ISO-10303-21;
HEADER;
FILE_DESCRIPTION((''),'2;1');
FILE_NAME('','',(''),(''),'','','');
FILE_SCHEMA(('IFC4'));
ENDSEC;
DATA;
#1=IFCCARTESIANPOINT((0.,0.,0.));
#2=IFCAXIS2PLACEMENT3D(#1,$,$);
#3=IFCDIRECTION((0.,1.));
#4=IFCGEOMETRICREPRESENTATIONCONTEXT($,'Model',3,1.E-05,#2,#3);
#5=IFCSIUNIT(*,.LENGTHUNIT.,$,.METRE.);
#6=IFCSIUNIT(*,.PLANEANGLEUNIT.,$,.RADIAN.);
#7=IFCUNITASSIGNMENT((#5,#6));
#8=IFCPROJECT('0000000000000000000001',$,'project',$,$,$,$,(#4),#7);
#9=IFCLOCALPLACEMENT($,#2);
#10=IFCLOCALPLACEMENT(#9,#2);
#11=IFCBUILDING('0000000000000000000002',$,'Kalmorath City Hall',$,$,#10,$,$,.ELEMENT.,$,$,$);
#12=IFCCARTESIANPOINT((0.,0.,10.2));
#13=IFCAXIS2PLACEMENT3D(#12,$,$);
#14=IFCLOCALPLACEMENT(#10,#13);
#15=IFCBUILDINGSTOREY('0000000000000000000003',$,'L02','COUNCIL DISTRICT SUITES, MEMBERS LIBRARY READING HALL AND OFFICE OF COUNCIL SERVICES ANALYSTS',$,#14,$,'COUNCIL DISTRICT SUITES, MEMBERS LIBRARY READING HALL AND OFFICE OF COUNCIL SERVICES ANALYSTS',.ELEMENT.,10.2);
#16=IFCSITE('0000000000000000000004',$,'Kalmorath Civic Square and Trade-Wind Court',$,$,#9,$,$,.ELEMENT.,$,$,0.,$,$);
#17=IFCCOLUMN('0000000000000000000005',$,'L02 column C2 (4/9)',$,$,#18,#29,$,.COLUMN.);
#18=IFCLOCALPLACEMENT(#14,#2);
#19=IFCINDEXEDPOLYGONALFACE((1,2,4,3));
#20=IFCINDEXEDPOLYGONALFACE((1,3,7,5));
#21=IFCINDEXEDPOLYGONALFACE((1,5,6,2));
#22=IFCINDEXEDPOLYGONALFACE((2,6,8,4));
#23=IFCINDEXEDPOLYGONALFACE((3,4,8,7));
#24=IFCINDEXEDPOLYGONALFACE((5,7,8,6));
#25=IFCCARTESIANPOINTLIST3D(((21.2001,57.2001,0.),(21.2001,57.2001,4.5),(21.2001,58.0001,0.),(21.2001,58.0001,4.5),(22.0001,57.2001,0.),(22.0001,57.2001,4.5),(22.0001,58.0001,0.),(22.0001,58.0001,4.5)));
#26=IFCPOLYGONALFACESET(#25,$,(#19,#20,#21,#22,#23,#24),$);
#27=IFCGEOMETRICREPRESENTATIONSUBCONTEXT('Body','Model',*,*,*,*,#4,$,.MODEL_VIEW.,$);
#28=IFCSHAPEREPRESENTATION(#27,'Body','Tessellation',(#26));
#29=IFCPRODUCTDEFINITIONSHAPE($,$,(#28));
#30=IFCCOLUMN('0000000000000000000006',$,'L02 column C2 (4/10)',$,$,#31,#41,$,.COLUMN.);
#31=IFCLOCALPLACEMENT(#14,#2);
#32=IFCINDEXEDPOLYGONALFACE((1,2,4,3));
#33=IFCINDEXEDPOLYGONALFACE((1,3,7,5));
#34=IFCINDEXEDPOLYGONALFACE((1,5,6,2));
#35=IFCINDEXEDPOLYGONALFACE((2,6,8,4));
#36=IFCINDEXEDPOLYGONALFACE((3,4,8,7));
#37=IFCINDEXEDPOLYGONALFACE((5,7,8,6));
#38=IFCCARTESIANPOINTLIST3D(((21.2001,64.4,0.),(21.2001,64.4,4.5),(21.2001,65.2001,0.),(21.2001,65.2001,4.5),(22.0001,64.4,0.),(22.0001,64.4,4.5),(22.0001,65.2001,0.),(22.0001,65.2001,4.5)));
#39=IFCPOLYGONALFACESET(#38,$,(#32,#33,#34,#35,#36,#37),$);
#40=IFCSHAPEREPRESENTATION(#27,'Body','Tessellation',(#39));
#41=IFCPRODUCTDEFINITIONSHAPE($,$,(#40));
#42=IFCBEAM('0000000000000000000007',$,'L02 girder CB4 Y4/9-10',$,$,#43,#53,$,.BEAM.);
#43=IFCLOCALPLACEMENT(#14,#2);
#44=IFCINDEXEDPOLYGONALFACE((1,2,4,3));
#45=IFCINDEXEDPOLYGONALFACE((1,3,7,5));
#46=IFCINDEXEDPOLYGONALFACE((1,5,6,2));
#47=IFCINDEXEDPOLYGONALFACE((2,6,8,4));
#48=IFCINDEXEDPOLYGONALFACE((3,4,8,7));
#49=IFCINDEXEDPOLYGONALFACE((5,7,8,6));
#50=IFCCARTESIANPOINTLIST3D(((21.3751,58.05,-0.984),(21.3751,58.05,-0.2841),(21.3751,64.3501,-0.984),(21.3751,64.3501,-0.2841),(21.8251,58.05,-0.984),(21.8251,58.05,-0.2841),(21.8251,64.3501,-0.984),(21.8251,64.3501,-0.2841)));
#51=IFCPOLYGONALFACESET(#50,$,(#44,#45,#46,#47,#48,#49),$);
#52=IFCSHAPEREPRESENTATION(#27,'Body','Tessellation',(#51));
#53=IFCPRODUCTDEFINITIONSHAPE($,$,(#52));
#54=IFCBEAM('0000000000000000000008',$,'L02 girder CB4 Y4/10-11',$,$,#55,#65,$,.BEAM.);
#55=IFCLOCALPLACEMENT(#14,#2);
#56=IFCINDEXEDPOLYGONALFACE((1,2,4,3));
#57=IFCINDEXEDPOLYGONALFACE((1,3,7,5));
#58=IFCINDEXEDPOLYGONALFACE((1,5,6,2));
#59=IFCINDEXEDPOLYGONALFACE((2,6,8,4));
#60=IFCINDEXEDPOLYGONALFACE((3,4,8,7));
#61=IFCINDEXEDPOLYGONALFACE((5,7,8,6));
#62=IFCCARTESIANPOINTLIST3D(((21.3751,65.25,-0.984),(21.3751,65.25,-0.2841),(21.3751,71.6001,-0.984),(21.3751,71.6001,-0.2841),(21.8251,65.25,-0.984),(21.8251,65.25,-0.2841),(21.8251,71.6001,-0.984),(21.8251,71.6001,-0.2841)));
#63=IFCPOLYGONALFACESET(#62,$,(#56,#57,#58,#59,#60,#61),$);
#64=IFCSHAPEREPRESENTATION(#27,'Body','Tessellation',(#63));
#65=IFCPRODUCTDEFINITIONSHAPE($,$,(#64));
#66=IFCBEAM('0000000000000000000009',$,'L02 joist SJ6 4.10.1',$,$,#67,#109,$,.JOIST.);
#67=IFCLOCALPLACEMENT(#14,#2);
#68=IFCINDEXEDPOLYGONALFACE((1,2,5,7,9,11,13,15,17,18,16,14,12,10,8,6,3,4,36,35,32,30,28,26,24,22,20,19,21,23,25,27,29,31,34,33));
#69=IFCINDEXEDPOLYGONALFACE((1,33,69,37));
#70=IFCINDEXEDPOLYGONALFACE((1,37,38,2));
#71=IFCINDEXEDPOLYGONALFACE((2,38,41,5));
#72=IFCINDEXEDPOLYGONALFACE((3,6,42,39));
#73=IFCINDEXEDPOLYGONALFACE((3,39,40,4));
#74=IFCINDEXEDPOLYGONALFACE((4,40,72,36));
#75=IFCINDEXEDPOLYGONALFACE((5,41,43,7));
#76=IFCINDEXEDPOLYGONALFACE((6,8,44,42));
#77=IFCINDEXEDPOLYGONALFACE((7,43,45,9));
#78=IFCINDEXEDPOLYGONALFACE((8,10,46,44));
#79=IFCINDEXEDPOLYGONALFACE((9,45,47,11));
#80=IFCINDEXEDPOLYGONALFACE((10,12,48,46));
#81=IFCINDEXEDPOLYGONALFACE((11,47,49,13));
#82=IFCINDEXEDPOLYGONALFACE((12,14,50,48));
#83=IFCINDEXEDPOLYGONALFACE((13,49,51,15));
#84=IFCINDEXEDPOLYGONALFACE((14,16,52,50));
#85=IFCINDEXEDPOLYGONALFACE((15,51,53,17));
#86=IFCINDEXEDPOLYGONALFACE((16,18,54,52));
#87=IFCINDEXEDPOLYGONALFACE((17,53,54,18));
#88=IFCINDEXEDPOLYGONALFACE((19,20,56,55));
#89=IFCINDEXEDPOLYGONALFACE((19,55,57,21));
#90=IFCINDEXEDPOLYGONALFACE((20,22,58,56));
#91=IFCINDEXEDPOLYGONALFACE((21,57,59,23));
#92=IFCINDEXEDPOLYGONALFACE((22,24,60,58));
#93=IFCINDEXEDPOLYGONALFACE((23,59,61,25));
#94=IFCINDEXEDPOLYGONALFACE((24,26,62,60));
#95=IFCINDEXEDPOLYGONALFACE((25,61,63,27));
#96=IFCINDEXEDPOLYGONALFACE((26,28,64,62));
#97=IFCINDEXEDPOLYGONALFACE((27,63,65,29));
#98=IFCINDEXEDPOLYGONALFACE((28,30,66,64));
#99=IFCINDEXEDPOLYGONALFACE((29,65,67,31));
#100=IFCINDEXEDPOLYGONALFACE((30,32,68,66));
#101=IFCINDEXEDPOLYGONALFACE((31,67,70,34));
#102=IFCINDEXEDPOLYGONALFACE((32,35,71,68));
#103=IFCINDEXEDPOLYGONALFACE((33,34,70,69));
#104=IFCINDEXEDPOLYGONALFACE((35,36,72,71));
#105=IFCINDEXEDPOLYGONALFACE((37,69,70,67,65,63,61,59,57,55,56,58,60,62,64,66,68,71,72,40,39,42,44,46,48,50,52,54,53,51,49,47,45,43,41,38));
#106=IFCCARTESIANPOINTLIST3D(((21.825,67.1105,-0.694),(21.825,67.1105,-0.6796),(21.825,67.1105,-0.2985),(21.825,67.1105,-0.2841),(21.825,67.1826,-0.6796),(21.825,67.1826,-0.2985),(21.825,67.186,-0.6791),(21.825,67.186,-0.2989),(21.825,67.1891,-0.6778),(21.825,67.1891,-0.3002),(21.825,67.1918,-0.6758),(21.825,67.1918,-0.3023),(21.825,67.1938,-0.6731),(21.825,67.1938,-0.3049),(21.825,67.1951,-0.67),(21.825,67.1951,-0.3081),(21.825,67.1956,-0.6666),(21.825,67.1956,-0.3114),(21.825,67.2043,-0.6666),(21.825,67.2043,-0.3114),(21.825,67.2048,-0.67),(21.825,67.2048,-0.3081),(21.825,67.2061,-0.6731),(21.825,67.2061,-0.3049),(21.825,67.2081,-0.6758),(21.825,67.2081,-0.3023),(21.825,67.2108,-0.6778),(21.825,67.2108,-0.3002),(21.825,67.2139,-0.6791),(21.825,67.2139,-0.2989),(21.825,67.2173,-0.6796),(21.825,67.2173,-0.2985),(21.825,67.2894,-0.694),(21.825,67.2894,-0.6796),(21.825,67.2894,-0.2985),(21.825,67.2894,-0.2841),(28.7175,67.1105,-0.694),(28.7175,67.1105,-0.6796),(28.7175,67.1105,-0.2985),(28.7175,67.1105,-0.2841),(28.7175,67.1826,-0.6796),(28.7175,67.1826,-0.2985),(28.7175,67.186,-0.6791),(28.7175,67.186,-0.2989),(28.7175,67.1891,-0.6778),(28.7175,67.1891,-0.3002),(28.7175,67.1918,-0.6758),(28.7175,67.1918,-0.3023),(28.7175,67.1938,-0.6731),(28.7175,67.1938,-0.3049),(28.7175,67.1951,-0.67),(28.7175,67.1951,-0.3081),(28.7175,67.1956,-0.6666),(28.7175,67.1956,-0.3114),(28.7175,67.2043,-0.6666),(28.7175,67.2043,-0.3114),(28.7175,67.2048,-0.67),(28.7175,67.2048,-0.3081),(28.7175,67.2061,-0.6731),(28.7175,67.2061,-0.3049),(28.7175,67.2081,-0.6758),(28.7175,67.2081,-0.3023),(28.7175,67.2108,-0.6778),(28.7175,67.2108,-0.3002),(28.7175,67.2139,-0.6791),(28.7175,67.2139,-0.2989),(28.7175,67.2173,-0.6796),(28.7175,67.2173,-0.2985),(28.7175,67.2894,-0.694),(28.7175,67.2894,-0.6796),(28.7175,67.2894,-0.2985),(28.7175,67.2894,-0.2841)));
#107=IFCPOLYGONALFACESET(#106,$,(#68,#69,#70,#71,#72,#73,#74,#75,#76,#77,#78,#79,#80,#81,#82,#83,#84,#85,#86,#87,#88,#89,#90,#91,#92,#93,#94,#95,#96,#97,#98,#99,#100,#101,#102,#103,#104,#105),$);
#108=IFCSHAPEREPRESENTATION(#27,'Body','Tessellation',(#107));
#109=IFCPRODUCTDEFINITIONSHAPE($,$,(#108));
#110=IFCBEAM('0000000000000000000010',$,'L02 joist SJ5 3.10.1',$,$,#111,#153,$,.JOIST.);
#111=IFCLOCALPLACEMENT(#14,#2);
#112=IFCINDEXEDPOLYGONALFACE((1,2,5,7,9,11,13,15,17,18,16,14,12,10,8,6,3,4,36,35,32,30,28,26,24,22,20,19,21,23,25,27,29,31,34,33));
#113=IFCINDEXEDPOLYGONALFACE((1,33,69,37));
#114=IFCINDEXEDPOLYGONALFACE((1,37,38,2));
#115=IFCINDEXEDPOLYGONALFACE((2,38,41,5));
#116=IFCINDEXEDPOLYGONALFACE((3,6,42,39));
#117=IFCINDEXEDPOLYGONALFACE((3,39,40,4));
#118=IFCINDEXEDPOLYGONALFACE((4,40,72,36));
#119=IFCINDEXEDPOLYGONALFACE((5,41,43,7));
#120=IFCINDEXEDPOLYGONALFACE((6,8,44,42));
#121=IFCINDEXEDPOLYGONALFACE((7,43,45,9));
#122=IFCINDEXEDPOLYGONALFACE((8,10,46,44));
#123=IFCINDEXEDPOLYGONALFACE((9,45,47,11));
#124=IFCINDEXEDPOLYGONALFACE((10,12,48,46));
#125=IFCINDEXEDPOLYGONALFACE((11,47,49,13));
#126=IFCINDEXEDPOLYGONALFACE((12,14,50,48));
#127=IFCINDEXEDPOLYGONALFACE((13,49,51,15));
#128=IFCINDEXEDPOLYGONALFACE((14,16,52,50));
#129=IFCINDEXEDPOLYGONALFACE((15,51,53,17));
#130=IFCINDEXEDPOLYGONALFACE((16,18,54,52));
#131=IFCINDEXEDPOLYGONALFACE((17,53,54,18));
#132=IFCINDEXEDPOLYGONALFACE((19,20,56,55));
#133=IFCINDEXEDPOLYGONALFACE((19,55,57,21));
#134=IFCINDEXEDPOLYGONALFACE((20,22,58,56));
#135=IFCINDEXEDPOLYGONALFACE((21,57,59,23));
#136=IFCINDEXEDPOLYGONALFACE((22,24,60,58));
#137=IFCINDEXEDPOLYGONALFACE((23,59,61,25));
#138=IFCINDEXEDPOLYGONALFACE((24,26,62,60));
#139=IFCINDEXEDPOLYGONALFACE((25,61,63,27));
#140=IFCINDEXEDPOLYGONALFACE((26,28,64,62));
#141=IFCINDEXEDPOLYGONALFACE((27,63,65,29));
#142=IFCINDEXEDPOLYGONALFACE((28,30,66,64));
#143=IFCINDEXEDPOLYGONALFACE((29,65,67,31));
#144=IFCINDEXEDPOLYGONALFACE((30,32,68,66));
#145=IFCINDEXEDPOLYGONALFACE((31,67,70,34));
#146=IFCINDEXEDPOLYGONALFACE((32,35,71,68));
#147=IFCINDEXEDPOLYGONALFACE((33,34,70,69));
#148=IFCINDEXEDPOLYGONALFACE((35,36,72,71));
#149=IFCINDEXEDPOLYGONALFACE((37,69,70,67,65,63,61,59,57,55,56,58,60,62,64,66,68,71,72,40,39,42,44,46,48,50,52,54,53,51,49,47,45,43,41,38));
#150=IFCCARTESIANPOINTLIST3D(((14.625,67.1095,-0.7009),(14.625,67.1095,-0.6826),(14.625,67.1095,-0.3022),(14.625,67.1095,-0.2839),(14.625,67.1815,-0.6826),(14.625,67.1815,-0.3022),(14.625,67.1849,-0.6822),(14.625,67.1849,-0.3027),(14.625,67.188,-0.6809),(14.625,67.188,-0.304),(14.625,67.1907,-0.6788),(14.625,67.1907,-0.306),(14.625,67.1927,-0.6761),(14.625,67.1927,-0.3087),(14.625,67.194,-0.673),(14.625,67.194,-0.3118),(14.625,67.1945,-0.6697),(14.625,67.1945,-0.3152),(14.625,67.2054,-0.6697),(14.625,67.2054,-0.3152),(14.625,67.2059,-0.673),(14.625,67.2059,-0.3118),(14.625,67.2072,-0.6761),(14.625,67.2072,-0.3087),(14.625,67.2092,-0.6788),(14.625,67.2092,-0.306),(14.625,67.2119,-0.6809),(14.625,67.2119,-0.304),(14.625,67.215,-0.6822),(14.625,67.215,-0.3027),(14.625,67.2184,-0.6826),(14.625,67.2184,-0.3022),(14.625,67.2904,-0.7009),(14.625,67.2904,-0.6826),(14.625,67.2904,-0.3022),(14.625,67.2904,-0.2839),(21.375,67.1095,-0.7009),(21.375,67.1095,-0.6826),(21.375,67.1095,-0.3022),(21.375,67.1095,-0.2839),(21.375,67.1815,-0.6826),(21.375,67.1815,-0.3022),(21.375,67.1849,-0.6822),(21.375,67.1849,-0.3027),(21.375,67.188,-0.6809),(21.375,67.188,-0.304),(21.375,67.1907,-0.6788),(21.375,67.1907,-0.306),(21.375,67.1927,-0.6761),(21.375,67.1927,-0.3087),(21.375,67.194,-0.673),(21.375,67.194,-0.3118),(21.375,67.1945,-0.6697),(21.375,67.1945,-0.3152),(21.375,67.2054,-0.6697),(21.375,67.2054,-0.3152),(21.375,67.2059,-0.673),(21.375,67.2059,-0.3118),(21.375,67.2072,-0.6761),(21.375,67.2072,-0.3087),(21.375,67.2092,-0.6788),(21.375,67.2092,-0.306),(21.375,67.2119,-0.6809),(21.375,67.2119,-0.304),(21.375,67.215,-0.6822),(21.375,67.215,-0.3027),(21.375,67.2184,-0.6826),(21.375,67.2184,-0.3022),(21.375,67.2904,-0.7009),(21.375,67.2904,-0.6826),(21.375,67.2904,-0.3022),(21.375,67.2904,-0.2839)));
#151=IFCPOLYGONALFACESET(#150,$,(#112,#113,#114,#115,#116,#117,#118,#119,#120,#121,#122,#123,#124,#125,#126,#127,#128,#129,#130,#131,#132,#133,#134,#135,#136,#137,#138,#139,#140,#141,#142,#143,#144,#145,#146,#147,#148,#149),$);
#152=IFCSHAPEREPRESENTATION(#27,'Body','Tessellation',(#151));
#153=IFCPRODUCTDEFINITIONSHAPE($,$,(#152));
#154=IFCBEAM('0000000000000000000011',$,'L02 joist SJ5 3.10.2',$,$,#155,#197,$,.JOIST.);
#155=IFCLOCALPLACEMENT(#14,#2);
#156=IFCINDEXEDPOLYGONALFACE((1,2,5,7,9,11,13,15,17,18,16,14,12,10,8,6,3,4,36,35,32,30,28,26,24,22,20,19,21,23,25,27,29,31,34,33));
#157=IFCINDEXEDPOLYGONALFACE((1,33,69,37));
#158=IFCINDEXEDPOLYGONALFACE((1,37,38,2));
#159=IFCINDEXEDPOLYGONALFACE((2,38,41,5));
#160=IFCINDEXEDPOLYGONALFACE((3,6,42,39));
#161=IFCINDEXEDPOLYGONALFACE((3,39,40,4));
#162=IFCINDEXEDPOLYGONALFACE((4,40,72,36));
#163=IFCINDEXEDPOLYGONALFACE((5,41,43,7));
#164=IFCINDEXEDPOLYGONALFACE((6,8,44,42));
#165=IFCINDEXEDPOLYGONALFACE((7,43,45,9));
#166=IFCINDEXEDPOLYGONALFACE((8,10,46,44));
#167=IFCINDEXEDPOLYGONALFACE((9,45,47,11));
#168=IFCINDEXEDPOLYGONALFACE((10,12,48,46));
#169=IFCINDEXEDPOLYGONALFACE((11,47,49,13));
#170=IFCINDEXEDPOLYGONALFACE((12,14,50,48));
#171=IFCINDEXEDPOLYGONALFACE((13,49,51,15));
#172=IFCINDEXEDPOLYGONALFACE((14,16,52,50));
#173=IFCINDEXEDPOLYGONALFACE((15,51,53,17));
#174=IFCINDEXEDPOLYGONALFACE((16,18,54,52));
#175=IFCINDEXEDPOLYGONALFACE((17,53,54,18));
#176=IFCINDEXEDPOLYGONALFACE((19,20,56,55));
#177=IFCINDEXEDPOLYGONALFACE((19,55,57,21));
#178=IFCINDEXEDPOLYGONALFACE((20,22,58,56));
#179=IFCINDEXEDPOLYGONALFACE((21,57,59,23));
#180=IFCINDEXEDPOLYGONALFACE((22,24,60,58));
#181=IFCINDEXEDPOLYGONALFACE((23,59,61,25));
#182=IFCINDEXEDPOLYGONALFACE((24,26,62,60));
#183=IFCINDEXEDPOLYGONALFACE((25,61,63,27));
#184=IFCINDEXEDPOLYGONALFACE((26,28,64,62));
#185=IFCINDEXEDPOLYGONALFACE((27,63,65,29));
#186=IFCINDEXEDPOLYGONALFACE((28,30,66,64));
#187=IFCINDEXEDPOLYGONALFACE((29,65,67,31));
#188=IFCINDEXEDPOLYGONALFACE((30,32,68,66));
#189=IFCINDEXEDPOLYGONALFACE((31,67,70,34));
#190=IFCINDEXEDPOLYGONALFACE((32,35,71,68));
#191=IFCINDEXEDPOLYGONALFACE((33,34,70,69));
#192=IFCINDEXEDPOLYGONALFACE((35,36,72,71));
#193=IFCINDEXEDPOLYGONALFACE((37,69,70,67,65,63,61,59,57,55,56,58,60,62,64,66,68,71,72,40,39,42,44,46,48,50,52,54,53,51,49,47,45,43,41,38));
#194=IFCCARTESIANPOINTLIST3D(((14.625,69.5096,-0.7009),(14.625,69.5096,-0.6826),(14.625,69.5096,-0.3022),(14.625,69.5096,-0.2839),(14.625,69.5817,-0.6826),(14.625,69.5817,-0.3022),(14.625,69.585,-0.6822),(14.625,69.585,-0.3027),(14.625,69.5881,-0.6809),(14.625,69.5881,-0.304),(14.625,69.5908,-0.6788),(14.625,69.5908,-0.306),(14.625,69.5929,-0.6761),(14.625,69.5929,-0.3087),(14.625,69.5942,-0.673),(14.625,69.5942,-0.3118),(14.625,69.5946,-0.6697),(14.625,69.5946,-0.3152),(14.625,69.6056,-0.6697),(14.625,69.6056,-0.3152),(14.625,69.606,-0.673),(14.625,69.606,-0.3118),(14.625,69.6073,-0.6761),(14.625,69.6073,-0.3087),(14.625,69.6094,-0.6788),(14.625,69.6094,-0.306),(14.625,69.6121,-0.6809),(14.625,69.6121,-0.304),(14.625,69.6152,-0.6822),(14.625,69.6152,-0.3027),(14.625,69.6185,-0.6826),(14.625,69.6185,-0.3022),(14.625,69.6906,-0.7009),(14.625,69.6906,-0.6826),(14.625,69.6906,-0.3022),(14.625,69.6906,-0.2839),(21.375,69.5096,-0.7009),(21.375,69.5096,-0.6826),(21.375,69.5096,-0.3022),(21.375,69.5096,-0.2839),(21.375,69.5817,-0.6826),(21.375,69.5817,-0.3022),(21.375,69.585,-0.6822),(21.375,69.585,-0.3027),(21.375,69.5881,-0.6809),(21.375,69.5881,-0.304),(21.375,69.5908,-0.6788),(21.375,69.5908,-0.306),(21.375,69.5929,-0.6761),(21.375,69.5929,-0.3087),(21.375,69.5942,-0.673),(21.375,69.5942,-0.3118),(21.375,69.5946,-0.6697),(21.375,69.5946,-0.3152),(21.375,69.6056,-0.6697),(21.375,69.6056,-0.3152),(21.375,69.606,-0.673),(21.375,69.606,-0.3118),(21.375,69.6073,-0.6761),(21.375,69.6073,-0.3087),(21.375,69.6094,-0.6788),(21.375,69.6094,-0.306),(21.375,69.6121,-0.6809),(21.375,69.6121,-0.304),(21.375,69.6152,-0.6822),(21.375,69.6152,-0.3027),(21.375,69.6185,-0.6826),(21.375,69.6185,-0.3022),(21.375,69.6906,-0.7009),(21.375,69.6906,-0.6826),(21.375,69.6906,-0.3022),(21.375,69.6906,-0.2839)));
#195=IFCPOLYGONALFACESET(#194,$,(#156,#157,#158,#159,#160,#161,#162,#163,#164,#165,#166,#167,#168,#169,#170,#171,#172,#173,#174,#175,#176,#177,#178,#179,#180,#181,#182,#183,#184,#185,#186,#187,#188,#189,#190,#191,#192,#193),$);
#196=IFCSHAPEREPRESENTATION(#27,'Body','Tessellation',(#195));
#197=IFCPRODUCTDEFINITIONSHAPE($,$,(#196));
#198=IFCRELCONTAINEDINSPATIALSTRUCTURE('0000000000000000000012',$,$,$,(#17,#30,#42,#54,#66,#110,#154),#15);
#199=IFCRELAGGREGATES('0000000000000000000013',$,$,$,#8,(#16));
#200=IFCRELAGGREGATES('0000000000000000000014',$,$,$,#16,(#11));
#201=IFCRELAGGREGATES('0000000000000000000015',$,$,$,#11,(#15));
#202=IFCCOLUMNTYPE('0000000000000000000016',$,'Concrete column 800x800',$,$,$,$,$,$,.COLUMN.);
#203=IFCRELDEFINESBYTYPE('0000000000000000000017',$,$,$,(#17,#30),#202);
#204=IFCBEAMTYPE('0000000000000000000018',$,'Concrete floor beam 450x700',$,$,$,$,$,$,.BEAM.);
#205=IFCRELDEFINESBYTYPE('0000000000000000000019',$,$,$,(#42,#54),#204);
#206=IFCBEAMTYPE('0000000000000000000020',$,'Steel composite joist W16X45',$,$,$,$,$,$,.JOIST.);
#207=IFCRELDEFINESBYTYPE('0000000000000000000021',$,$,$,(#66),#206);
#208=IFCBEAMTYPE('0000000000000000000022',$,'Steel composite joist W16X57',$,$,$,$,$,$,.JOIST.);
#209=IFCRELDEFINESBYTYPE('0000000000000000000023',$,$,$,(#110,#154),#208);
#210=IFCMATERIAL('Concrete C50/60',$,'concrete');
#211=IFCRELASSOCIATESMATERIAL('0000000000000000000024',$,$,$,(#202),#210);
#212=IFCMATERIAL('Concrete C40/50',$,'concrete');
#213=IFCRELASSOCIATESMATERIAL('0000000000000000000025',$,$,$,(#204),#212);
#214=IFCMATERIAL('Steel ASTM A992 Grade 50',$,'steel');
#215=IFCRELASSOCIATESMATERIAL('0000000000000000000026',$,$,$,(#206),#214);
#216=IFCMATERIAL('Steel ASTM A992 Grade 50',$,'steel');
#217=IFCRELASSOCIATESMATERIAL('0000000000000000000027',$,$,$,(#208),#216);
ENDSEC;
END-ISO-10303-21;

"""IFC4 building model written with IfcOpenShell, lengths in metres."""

from ifc_helpers import new_model, si_unit, direction, frame, origin, origin_2d, place, context, subcontext, project, spatial, rectangle, i_section, extrude, material, material_profile, profile_set, type_object, element, save


model = new_model("IFC4")

# Units and contexts
model_context = context("Model", 3, precision=1e-05, world=origin(), true_north=direction((0.0, 1.0)))
body_context = subcontext(model_context, "Body", "Model", "MODEL_VIEW")
ifc_project = project(units=[si_unit("LENGTHUNIT", "METRE"), si_unit("PLANEANGLEUNIT", "RADIAN")], contexts=[model_context])

# Site, building, storey
site_placement = place(None, origin())
site = spatial("IfcSite", under=ifc_project, at=site_placement, Name="Kalmorath Civic Square and Trade-Wind Court", CompositionType="ELEMENT", RefElevation=0.0)
building_placement = place(site_placement, origin())
building = spatial("IfcBuilding", under=site, at=building_placement, Name="Kalmorath City Hall", CompositionType="ELEMENT")
storey_placement = place(building_placement, frame((0.0, 0.0, 10.2)))
storey = spatial("IfcBuildingStorey", under=building, at=storey_placement, Name="L02", Description="COUNCIL DISTRICT SUITES, MEMBERS LIBRARY READING HALL AND OFFICE OF COUNCIL SERVICES ANALYSTS", LongName="COUNCIL DISTRICT SUITES, MEMBERS LIBRARY READING HALL AND OFFICE OF COUNCIL SERVICES ANALYSTS", CompositionType="ELEMENT", Elevation=10.2)

# Columns
ifc_material_1 = material(Name="Concrete C50/60", Category="concrete")
ifc_material_profile_1 = material_profile(ifc_material_1, rectangle(XDim=0.8, YDim=0.8, at=origin_2d()), Name="RC-COL-800X800")
ifc_profile_set_1 = profile_set([ifc_material_profile_1], Name="Concrete C50/60")
column_type = type_object("IfcColumnType", Name="Concrete column 800x800", PredefinedType="COLUMN", material=ifc_profile_set_1)
for number, where, z_axis, x_axis, name in (
    (1, (21.6001, 57.6001, 0.0), (0.0, 0.0, 1.0), (1.0, 0.0, 0.0), "L02 column C2 (4/9)"),
    (2, (21.6001, 64.8, 0.0), (0.0, 0.0, 1.0), (1.0, 0.0, 0.0), "L02 column C2 (4/10)"),
):
    element("IfcColumn", number, at=place(storey_placement, frame(where, z_axis=z_axis, x_axis=x_axis)), inside=storey, type_object=column_type, Name=name, PredefinedType="COLUMN", context=body_context, shape_type="SweptSolid", body=[
        extrude(rectangle(XDim=0.8, YDim=0.8, at=origin_2d()), origin(), (0.0, 0.0, 1.0), 4.5),
    ])

# Beams
ifc_material_2 = material(Name="Concrete C40/50", Category="concrete")
ifc_material_profile_2 = material_profile(ifc_material_2, rectangle(XDim=0.45, YDim=0.7, at=origin_2d()), Name="RC-BM-450X700")
ifc_profile_set_2 = profile_set([ifc_material_profile_2], Name="Concrete C40/50")
beam_type_1 = type_object("IfcBeamType", Name="Concrete floor beam 450x700", PredefinedType="BEAM", material=ifc_profile_set_2)
beam_1_placement = place(storey_placement, frame((21.6001, 58.05, -0.634), z_axis=(0.0, 1.0, 0.0), x_axis=(-1.0, 0.0, 0.0)))
element("IfcBeam", 3, at=beam_1_placement, inside=storey, type_object=beam_type_1, Name="L02 girder CB4 Y4/9-10", PredefinedType="BEAM", context=body_context, shape_type="SweptSolid", body=[
    extrude(rectangle(XDim=0.45, YDim=0.7, at=origin_2d()), origin(), (0.0, 0.0, 1.0), 6.3),
])
beam_2_placement = place(storey_placement, frame((21.6001, 65.25, -0.634), z_axis=(0.0, 1.0, 0.0), x_axis=(-1.0, 0.0, 0.0)))
element("IfcBeam", 4, at=beam_2_placement, inside=storey, type_object=beam_type_1, Name="L02 girder CB4 Y4/10-11", PredefinedType="BEAM", context=body_context, shape_type="SweptSolid", body=[
    extrude(rectangle(XDim=0.45, YDim=0.7, at=origin_2d()), origin(), (0.0, 0.0, 1.0), 6.3501),
])
ifc_material_3 = material(Name="Steel ASTM A992 Grade 50", Category="steel")
ifc_material_profile_3 = material_profile(ifc_material_3, i_section(OverallWidth=0.179, OverallDepth=0.4099, WebThickness=0.0088, FlangeThickness=0.0144, FilletRadius=0.0129, at=origin_2d()), Name="W16X45")
ifc_profile_set_3 = profile_set([ifc_material_profile_3], Name="Steel ASTM A992 Grade 50")
beam_type_2 = type_object("IfcBeamType", Name="Steel composite joist W16X45", PredefinedType="JOIST", material=ifc_profile_set_3)
beam_3_placement = place(storey_placement, frame((21.825, 67.2, -0.489), z_axis=(1.0, 0.0, 0.0), x_axis=(0.0, 1.0, 0.0)))
element("IfcBeam", 5, at=beam_3_placement, inside=storey, type_object=beam_type_2, Name="L02 joist SJ6 4.10.1", PredefinedType="JOIST", context=body_context, shape_type="SweptSolid", body=[
    extrude(i_section(OverallWidth=0.179, OverallDepth=0.4099, WebThickness=0.0088, FlangeThickness=0.0144, FilletRadius=0.0129, at=origin_2d()), origin(), (0.0, 0.0, 1.0), 6.8926),
])
ifc_material_4 = material(Name="Steel ASTM A992 Grade 50", Category="steel")
ifc_material_profile_4 = material_profile(ifc_material_4, i_section(OverallWidth=0.1809, OverallDepth=0.417, WebThickness=0.011, FlangeThickness=0.0183, FilletRadius=0.0129, at=origin_2d()), Name="W16X57")
ifc_profile_set_4 = profile_set([ifc_material_profile_4], Name="Steel ASTM A992 Grade 50")
beam_type_3 = type_object("IfcBeamType", Name="Steel composite joist W16X57", PredefinedType="JOIST", material=ifc_profile_set_4)
for number, where, z_axis, x_axis, name in (
    (6, (14.625, 67.2, -0.4924), (1.0, 0.0, 0.0), (0.0, 1.0, 0.0), "L02 joist SJ5 3.10.1"),
    (7, (14.625, 69.6001, -0.4924), (1.0, 0.0, 0.0), (0.0, 1.0, 0.0), "L02 joist SJ5 3.10.2"),
):
    element("IfcBeam", number, at=place(storey_placement, frame(where, z_axis=z_axis, x_axis=x_axis)), inside=storey, type_object=beam_type_3, Name=name, PredefinedType="JOIST", context=body_context, shape_type="SweptSolid", body=[
        extrude(i_section(OverallWidth=0.1809, OverallDepth=0.417, WebThickness=0.011, FlangeThickness=0.0183, FilletRadius=0.0129, at=origin_2d()), origin(), (0.0, 0.0, 1.0), 6.75),
    ])

save(model, "model.ifc")
